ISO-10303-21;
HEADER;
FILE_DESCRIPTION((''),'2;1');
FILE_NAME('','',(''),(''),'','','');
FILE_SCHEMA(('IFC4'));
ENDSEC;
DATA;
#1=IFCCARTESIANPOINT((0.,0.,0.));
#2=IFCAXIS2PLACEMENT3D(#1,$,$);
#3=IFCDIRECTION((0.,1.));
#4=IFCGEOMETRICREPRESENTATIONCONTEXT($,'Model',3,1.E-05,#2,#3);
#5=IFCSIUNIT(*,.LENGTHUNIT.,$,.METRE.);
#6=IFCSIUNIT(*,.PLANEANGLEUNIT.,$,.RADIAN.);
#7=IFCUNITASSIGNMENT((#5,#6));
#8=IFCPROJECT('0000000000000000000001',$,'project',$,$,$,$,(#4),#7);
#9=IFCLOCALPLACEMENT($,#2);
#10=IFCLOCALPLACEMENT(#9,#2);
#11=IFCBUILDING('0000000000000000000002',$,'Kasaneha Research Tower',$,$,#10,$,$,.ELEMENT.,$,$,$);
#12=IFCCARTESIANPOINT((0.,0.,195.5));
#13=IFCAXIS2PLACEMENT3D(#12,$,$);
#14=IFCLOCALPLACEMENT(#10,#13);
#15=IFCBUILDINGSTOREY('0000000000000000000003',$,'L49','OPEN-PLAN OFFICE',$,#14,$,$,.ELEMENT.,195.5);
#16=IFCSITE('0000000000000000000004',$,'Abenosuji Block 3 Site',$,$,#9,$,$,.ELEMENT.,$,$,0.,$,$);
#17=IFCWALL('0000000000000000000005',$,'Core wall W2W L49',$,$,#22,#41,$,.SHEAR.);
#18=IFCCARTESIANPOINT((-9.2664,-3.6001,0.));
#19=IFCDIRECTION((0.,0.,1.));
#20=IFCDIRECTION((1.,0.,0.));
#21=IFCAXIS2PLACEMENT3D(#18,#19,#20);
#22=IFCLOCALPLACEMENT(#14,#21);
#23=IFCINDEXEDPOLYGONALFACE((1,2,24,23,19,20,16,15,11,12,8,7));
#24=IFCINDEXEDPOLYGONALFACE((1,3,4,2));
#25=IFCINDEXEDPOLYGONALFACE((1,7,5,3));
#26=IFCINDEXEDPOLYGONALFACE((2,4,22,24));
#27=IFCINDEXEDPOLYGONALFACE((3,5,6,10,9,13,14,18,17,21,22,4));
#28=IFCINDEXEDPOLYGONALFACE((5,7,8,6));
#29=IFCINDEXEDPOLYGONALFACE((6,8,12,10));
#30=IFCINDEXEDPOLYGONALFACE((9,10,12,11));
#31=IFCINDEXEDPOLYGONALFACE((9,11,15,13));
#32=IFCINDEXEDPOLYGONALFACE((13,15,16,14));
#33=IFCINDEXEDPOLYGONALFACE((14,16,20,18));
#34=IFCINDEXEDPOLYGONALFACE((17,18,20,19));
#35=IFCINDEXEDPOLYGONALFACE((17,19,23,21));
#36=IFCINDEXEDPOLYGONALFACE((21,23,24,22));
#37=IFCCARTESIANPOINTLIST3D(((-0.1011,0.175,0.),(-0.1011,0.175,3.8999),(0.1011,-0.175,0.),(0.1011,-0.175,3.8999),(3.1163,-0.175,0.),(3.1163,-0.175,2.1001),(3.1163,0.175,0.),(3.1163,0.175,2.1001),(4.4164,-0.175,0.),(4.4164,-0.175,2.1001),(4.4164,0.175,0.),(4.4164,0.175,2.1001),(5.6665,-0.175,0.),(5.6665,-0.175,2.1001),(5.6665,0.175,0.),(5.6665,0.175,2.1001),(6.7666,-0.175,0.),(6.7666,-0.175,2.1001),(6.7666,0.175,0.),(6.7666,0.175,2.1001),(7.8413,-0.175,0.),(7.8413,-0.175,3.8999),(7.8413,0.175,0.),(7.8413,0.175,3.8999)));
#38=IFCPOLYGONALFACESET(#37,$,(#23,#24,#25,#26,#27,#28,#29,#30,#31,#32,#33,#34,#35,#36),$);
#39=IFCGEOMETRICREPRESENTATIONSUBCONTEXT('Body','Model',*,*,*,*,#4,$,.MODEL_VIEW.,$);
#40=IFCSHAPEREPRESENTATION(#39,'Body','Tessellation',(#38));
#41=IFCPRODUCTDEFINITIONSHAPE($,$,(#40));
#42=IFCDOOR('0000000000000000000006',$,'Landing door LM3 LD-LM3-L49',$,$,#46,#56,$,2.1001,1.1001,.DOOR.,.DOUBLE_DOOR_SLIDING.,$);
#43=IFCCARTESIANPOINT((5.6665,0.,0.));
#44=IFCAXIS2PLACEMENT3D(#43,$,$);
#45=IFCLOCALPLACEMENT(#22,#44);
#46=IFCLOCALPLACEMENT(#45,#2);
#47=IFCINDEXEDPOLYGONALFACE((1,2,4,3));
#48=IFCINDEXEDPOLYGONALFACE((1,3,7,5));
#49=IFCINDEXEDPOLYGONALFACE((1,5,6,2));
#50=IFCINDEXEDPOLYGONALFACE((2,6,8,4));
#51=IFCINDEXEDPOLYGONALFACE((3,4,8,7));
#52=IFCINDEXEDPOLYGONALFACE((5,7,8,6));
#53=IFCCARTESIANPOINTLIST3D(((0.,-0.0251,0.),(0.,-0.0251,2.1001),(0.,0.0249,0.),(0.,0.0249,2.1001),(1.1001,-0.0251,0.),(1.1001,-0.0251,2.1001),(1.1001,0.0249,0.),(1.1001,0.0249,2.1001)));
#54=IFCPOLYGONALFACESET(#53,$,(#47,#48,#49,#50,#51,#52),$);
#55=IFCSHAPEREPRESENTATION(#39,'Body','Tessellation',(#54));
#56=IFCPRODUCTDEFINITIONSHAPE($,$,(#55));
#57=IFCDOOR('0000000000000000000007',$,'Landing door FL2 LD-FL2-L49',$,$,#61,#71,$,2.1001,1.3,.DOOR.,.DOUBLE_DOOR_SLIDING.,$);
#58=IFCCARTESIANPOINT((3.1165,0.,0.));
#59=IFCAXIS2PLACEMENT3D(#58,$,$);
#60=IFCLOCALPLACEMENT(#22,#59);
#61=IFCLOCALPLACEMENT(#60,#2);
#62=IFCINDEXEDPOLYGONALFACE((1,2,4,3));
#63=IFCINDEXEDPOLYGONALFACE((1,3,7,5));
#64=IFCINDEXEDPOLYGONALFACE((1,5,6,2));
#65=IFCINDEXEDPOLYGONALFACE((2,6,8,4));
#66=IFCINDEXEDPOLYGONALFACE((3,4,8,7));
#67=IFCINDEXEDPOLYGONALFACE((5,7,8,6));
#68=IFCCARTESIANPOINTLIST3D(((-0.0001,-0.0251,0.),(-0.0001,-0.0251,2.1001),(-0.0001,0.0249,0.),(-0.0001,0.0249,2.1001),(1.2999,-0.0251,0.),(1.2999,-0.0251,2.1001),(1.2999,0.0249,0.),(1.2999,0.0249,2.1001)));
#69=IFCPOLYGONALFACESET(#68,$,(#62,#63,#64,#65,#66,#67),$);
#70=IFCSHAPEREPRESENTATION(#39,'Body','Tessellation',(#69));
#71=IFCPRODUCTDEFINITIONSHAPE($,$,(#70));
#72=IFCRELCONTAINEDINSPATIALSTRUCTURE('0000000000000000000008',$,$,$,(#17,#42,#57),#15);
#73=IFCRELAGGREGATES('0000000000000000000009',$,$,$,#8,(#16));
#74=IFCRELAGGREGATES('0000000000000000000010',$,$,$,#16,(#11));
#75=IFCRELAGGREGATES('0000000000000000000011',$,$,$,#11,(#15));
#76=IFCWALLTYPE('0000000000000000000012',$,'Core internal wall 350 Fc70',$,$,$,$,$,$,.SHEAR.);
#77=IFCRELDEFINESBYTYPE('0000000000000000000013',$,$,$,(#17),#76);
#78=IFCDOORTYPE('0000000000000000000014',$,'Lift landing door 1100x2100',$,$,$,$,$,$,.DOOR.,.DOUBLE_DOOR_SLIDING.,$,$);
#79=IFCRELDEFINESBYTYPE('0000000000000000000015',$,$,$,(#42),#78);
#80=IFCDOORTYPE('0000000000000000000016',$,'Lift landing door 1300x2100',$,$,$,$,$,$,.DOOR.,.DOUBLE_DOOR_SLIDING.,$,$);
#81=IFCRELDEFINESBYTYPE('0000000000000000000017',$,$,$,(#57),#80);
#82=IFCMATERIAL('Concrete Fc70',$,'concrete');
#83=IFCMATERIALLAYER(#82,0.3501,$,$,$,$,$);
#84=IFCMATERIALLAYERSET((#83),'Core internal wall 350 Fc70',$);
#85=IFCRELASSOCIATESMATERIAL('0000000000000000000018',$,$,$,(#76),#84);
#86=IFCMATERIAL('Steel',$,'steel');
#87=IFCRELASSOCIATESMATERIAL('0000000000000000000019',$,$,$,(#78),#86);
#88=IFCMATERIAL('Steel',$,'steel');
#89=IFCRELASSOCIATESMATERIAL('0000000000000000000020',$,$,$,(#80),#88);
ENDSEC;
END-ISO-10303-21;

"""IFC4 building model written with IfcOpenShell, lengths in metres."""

from ifc_helpers import new_model, si_unit, direction, frame, frame_2d, origin, place, context, subcontext, project, spatial, polyline, rectangle, outline, extrude, material, layer, layer_set, type_object, element, fill, save


model = new_model("IFC4")

# Units and contexts
model_context = context("Model", 3, precision=1e-05, world=origin(), true_north=direction((0.0, 1.0)))
body_context = subcontext(model_context, "Body", "Model", "MODEL_VIEW")
ifc_project = project(units=[si_unit("LENGTHUNIT", "METRE"), si_unit("PLANEANGLEUNIT", "RADIAN")], contexts=[model_context])

# Site, building, storey
site_placement = place(None, origin())
site = spatial("IfcSite", under=ifc_project, at=site_placement, Name="Abenosuji Block 3 Site", CompositionType="ELEMENT", RefElevation=0.0)
building_placement = place(site_placement, origin())
building = spatial("IfcBuilding", under=site, at=building_placement, Name="Kasaneha Research Tower", CompositionType="ELEMENT")
storey_placement = place(building_placement, frame((0.0, 0.0, 195.5)))
storey = spatial("IfcBuildingStorey", under=building, at=storey_placement, Name="L49", Description="OPEN-PLAN OFFICE", CompositionType="ELEMENT", Elevation=195.5)

# Wall, openings, doors
ifc_material_1 = material(Name="Concrete Fc70", Category="concrete")
ifc_layer_1 = layer(ifc_material_1, 0.3501)
ifc_layer_set_1 = layer_set([ifc_layer_1], Name="Core internal wall 350 Fc70")
wall_type = type_object("IfcWallType", Name="Core internal wall 350 Fc70", PredefinedType="SHEAR", material=ifc_layer_set_1)
wall_1_placement = place(storey_placement, frame((-9.2664, -3.6001, 0.0), z_axis=(0.0, 0.0, 1.0), x_axis=(1.0, 0.0, 0.0)))
wall_1 = element("IfcWall", 1, at=wall_1_placement, inside=storey, type_object=wall_type, Name="Core wall W2W L49", PredefinedType="SHEAR", context=body_context, shape_type="SweptSolid", body=[
    extrude(outline(polyline([(0.1011, -0.175), (3.1165, -0.175), (4.4165, -0.175), (5.6665, -0.175), (6.7666, -0.175), (7.8413, -0.175), (7.8413, 0.175), (6.7666, 0.175), (5.6665, 0.175), (4.4165, 0.175), (3.1165, 0.175), (-0.1011, 0.175), (0.1011, -0.175)])), origin(), (0.0, 0.0, 1.0), 3.8999),
])
opening_1_placement = place(wall_1_placement, frame((5.6665, 0.0, 0.0)))
opening_1 = element("IfcOpeningElement", 2, at=opening_1_placement, cuts=wall_1, PredefinedType="OPENING", context=body_context, shape_type="SweptSolid", body=[
    extrude(rectangle(XDim=1.1001, YDim=2.1001, at=frame_2d((0.55, 1.05))), frame((0.0, 0.1851, 0.0), z_axis=(0.0, -1.0, 0.0), x_axis=(1.0, 0.0, 0.0)), (0.0, 0.0, 1.0), 0.3701),
])
opening_2_placement = place(wall_1_placement, frame((3.1165, 0.0, 0.0)))
opening_2 = element("IfcOpeningElement", 3, at=opening_2_placement, cuts=wall_1, PredefinedType="OPENING", context=body_context, shape_type="SweptSolid", body=[
    extrude(rectangle(XDim=1.3, YDim=2.1001, at=frame_2d((0.6499, 1.05))), frame((0.0, 0.1851, 0.0), z_axis=(0.0, -1.0, 0.0), x_axis=(1.0, 0.0, 0.0)), (0.0, 0.0, 1.0), 0.3701),
])
ifc_material_2 = material(Name="Steel", Category="steel")
door_type_1 = type_object("IfcDoorType", Name="Lift landing door 1100x2100", OperationType="DOUBLE_DOOR_SLIDING", PredefinedType="DOOR", material=ifc_material_2)
door_1_placement = place(opening_1_placement, origin())
door_1 = element("IfcDoor", 4, at=door_1_placement, inside=storey, type_object=door_type_1, Name="Landing door LM3 LD-LM3-L49", OperationType="DOUBLE_DOOR_SLIDING", OverallHeight=2.1001, OverallWidth=1.1001, PredefinedType="DOOR", context=body_context, shape_type="SweptSolid", body=[
    extrude(rectangle(XDim=1.1001, YDim=2.1001, at=frame_2d((0.55, 1.05))), frame((0.0, 0.0249, 0.0), z_axis=(0.0, -1.0, 0.0), x_axis=(1.0, 0.0, 0.0)), (0.0, 0.0, 1.0), 0.05),
])
fill(opening_1, door_1)
ifc_material_3 = material(Name="Steel", Category="steel")
door_type_2 = type_object("IfcDoorType", Name="Lift landing door 1300x2100", OperationType="DOUBLE_DOOR_SLIDING", PredefinedType="DOOR", material=ifc_material_3)
door_2_placement = place(opening_2_placement, origin())
door_2 = element("IfcDoor", 5, at=door_2_placement, inside=storey, type_object=door_type_2, Name="Landing door FL2 LD-FL2-L49", OperationType="DOUBLE_DOOR_SLIDING", OverallHeight=2.1001, OverallWidth=1.3, PredefinedType="DOOR", context=body_context, shape_type="SweptSolid", body=[
    extrude(rectangle(XDim=1.3, YDim=2.1001, at=frame_2d((0.6499, 1.05))), frame((0.0, 0.0249, 0.0), z_axis=(0.0, -1.0, 0.0), x_axis=(1.0, 0.0, 0.0)), (0.0, 0.0, 1.0), 0.05),
])
fill(opening_2, door_2)

save(model, "model.ifc")
